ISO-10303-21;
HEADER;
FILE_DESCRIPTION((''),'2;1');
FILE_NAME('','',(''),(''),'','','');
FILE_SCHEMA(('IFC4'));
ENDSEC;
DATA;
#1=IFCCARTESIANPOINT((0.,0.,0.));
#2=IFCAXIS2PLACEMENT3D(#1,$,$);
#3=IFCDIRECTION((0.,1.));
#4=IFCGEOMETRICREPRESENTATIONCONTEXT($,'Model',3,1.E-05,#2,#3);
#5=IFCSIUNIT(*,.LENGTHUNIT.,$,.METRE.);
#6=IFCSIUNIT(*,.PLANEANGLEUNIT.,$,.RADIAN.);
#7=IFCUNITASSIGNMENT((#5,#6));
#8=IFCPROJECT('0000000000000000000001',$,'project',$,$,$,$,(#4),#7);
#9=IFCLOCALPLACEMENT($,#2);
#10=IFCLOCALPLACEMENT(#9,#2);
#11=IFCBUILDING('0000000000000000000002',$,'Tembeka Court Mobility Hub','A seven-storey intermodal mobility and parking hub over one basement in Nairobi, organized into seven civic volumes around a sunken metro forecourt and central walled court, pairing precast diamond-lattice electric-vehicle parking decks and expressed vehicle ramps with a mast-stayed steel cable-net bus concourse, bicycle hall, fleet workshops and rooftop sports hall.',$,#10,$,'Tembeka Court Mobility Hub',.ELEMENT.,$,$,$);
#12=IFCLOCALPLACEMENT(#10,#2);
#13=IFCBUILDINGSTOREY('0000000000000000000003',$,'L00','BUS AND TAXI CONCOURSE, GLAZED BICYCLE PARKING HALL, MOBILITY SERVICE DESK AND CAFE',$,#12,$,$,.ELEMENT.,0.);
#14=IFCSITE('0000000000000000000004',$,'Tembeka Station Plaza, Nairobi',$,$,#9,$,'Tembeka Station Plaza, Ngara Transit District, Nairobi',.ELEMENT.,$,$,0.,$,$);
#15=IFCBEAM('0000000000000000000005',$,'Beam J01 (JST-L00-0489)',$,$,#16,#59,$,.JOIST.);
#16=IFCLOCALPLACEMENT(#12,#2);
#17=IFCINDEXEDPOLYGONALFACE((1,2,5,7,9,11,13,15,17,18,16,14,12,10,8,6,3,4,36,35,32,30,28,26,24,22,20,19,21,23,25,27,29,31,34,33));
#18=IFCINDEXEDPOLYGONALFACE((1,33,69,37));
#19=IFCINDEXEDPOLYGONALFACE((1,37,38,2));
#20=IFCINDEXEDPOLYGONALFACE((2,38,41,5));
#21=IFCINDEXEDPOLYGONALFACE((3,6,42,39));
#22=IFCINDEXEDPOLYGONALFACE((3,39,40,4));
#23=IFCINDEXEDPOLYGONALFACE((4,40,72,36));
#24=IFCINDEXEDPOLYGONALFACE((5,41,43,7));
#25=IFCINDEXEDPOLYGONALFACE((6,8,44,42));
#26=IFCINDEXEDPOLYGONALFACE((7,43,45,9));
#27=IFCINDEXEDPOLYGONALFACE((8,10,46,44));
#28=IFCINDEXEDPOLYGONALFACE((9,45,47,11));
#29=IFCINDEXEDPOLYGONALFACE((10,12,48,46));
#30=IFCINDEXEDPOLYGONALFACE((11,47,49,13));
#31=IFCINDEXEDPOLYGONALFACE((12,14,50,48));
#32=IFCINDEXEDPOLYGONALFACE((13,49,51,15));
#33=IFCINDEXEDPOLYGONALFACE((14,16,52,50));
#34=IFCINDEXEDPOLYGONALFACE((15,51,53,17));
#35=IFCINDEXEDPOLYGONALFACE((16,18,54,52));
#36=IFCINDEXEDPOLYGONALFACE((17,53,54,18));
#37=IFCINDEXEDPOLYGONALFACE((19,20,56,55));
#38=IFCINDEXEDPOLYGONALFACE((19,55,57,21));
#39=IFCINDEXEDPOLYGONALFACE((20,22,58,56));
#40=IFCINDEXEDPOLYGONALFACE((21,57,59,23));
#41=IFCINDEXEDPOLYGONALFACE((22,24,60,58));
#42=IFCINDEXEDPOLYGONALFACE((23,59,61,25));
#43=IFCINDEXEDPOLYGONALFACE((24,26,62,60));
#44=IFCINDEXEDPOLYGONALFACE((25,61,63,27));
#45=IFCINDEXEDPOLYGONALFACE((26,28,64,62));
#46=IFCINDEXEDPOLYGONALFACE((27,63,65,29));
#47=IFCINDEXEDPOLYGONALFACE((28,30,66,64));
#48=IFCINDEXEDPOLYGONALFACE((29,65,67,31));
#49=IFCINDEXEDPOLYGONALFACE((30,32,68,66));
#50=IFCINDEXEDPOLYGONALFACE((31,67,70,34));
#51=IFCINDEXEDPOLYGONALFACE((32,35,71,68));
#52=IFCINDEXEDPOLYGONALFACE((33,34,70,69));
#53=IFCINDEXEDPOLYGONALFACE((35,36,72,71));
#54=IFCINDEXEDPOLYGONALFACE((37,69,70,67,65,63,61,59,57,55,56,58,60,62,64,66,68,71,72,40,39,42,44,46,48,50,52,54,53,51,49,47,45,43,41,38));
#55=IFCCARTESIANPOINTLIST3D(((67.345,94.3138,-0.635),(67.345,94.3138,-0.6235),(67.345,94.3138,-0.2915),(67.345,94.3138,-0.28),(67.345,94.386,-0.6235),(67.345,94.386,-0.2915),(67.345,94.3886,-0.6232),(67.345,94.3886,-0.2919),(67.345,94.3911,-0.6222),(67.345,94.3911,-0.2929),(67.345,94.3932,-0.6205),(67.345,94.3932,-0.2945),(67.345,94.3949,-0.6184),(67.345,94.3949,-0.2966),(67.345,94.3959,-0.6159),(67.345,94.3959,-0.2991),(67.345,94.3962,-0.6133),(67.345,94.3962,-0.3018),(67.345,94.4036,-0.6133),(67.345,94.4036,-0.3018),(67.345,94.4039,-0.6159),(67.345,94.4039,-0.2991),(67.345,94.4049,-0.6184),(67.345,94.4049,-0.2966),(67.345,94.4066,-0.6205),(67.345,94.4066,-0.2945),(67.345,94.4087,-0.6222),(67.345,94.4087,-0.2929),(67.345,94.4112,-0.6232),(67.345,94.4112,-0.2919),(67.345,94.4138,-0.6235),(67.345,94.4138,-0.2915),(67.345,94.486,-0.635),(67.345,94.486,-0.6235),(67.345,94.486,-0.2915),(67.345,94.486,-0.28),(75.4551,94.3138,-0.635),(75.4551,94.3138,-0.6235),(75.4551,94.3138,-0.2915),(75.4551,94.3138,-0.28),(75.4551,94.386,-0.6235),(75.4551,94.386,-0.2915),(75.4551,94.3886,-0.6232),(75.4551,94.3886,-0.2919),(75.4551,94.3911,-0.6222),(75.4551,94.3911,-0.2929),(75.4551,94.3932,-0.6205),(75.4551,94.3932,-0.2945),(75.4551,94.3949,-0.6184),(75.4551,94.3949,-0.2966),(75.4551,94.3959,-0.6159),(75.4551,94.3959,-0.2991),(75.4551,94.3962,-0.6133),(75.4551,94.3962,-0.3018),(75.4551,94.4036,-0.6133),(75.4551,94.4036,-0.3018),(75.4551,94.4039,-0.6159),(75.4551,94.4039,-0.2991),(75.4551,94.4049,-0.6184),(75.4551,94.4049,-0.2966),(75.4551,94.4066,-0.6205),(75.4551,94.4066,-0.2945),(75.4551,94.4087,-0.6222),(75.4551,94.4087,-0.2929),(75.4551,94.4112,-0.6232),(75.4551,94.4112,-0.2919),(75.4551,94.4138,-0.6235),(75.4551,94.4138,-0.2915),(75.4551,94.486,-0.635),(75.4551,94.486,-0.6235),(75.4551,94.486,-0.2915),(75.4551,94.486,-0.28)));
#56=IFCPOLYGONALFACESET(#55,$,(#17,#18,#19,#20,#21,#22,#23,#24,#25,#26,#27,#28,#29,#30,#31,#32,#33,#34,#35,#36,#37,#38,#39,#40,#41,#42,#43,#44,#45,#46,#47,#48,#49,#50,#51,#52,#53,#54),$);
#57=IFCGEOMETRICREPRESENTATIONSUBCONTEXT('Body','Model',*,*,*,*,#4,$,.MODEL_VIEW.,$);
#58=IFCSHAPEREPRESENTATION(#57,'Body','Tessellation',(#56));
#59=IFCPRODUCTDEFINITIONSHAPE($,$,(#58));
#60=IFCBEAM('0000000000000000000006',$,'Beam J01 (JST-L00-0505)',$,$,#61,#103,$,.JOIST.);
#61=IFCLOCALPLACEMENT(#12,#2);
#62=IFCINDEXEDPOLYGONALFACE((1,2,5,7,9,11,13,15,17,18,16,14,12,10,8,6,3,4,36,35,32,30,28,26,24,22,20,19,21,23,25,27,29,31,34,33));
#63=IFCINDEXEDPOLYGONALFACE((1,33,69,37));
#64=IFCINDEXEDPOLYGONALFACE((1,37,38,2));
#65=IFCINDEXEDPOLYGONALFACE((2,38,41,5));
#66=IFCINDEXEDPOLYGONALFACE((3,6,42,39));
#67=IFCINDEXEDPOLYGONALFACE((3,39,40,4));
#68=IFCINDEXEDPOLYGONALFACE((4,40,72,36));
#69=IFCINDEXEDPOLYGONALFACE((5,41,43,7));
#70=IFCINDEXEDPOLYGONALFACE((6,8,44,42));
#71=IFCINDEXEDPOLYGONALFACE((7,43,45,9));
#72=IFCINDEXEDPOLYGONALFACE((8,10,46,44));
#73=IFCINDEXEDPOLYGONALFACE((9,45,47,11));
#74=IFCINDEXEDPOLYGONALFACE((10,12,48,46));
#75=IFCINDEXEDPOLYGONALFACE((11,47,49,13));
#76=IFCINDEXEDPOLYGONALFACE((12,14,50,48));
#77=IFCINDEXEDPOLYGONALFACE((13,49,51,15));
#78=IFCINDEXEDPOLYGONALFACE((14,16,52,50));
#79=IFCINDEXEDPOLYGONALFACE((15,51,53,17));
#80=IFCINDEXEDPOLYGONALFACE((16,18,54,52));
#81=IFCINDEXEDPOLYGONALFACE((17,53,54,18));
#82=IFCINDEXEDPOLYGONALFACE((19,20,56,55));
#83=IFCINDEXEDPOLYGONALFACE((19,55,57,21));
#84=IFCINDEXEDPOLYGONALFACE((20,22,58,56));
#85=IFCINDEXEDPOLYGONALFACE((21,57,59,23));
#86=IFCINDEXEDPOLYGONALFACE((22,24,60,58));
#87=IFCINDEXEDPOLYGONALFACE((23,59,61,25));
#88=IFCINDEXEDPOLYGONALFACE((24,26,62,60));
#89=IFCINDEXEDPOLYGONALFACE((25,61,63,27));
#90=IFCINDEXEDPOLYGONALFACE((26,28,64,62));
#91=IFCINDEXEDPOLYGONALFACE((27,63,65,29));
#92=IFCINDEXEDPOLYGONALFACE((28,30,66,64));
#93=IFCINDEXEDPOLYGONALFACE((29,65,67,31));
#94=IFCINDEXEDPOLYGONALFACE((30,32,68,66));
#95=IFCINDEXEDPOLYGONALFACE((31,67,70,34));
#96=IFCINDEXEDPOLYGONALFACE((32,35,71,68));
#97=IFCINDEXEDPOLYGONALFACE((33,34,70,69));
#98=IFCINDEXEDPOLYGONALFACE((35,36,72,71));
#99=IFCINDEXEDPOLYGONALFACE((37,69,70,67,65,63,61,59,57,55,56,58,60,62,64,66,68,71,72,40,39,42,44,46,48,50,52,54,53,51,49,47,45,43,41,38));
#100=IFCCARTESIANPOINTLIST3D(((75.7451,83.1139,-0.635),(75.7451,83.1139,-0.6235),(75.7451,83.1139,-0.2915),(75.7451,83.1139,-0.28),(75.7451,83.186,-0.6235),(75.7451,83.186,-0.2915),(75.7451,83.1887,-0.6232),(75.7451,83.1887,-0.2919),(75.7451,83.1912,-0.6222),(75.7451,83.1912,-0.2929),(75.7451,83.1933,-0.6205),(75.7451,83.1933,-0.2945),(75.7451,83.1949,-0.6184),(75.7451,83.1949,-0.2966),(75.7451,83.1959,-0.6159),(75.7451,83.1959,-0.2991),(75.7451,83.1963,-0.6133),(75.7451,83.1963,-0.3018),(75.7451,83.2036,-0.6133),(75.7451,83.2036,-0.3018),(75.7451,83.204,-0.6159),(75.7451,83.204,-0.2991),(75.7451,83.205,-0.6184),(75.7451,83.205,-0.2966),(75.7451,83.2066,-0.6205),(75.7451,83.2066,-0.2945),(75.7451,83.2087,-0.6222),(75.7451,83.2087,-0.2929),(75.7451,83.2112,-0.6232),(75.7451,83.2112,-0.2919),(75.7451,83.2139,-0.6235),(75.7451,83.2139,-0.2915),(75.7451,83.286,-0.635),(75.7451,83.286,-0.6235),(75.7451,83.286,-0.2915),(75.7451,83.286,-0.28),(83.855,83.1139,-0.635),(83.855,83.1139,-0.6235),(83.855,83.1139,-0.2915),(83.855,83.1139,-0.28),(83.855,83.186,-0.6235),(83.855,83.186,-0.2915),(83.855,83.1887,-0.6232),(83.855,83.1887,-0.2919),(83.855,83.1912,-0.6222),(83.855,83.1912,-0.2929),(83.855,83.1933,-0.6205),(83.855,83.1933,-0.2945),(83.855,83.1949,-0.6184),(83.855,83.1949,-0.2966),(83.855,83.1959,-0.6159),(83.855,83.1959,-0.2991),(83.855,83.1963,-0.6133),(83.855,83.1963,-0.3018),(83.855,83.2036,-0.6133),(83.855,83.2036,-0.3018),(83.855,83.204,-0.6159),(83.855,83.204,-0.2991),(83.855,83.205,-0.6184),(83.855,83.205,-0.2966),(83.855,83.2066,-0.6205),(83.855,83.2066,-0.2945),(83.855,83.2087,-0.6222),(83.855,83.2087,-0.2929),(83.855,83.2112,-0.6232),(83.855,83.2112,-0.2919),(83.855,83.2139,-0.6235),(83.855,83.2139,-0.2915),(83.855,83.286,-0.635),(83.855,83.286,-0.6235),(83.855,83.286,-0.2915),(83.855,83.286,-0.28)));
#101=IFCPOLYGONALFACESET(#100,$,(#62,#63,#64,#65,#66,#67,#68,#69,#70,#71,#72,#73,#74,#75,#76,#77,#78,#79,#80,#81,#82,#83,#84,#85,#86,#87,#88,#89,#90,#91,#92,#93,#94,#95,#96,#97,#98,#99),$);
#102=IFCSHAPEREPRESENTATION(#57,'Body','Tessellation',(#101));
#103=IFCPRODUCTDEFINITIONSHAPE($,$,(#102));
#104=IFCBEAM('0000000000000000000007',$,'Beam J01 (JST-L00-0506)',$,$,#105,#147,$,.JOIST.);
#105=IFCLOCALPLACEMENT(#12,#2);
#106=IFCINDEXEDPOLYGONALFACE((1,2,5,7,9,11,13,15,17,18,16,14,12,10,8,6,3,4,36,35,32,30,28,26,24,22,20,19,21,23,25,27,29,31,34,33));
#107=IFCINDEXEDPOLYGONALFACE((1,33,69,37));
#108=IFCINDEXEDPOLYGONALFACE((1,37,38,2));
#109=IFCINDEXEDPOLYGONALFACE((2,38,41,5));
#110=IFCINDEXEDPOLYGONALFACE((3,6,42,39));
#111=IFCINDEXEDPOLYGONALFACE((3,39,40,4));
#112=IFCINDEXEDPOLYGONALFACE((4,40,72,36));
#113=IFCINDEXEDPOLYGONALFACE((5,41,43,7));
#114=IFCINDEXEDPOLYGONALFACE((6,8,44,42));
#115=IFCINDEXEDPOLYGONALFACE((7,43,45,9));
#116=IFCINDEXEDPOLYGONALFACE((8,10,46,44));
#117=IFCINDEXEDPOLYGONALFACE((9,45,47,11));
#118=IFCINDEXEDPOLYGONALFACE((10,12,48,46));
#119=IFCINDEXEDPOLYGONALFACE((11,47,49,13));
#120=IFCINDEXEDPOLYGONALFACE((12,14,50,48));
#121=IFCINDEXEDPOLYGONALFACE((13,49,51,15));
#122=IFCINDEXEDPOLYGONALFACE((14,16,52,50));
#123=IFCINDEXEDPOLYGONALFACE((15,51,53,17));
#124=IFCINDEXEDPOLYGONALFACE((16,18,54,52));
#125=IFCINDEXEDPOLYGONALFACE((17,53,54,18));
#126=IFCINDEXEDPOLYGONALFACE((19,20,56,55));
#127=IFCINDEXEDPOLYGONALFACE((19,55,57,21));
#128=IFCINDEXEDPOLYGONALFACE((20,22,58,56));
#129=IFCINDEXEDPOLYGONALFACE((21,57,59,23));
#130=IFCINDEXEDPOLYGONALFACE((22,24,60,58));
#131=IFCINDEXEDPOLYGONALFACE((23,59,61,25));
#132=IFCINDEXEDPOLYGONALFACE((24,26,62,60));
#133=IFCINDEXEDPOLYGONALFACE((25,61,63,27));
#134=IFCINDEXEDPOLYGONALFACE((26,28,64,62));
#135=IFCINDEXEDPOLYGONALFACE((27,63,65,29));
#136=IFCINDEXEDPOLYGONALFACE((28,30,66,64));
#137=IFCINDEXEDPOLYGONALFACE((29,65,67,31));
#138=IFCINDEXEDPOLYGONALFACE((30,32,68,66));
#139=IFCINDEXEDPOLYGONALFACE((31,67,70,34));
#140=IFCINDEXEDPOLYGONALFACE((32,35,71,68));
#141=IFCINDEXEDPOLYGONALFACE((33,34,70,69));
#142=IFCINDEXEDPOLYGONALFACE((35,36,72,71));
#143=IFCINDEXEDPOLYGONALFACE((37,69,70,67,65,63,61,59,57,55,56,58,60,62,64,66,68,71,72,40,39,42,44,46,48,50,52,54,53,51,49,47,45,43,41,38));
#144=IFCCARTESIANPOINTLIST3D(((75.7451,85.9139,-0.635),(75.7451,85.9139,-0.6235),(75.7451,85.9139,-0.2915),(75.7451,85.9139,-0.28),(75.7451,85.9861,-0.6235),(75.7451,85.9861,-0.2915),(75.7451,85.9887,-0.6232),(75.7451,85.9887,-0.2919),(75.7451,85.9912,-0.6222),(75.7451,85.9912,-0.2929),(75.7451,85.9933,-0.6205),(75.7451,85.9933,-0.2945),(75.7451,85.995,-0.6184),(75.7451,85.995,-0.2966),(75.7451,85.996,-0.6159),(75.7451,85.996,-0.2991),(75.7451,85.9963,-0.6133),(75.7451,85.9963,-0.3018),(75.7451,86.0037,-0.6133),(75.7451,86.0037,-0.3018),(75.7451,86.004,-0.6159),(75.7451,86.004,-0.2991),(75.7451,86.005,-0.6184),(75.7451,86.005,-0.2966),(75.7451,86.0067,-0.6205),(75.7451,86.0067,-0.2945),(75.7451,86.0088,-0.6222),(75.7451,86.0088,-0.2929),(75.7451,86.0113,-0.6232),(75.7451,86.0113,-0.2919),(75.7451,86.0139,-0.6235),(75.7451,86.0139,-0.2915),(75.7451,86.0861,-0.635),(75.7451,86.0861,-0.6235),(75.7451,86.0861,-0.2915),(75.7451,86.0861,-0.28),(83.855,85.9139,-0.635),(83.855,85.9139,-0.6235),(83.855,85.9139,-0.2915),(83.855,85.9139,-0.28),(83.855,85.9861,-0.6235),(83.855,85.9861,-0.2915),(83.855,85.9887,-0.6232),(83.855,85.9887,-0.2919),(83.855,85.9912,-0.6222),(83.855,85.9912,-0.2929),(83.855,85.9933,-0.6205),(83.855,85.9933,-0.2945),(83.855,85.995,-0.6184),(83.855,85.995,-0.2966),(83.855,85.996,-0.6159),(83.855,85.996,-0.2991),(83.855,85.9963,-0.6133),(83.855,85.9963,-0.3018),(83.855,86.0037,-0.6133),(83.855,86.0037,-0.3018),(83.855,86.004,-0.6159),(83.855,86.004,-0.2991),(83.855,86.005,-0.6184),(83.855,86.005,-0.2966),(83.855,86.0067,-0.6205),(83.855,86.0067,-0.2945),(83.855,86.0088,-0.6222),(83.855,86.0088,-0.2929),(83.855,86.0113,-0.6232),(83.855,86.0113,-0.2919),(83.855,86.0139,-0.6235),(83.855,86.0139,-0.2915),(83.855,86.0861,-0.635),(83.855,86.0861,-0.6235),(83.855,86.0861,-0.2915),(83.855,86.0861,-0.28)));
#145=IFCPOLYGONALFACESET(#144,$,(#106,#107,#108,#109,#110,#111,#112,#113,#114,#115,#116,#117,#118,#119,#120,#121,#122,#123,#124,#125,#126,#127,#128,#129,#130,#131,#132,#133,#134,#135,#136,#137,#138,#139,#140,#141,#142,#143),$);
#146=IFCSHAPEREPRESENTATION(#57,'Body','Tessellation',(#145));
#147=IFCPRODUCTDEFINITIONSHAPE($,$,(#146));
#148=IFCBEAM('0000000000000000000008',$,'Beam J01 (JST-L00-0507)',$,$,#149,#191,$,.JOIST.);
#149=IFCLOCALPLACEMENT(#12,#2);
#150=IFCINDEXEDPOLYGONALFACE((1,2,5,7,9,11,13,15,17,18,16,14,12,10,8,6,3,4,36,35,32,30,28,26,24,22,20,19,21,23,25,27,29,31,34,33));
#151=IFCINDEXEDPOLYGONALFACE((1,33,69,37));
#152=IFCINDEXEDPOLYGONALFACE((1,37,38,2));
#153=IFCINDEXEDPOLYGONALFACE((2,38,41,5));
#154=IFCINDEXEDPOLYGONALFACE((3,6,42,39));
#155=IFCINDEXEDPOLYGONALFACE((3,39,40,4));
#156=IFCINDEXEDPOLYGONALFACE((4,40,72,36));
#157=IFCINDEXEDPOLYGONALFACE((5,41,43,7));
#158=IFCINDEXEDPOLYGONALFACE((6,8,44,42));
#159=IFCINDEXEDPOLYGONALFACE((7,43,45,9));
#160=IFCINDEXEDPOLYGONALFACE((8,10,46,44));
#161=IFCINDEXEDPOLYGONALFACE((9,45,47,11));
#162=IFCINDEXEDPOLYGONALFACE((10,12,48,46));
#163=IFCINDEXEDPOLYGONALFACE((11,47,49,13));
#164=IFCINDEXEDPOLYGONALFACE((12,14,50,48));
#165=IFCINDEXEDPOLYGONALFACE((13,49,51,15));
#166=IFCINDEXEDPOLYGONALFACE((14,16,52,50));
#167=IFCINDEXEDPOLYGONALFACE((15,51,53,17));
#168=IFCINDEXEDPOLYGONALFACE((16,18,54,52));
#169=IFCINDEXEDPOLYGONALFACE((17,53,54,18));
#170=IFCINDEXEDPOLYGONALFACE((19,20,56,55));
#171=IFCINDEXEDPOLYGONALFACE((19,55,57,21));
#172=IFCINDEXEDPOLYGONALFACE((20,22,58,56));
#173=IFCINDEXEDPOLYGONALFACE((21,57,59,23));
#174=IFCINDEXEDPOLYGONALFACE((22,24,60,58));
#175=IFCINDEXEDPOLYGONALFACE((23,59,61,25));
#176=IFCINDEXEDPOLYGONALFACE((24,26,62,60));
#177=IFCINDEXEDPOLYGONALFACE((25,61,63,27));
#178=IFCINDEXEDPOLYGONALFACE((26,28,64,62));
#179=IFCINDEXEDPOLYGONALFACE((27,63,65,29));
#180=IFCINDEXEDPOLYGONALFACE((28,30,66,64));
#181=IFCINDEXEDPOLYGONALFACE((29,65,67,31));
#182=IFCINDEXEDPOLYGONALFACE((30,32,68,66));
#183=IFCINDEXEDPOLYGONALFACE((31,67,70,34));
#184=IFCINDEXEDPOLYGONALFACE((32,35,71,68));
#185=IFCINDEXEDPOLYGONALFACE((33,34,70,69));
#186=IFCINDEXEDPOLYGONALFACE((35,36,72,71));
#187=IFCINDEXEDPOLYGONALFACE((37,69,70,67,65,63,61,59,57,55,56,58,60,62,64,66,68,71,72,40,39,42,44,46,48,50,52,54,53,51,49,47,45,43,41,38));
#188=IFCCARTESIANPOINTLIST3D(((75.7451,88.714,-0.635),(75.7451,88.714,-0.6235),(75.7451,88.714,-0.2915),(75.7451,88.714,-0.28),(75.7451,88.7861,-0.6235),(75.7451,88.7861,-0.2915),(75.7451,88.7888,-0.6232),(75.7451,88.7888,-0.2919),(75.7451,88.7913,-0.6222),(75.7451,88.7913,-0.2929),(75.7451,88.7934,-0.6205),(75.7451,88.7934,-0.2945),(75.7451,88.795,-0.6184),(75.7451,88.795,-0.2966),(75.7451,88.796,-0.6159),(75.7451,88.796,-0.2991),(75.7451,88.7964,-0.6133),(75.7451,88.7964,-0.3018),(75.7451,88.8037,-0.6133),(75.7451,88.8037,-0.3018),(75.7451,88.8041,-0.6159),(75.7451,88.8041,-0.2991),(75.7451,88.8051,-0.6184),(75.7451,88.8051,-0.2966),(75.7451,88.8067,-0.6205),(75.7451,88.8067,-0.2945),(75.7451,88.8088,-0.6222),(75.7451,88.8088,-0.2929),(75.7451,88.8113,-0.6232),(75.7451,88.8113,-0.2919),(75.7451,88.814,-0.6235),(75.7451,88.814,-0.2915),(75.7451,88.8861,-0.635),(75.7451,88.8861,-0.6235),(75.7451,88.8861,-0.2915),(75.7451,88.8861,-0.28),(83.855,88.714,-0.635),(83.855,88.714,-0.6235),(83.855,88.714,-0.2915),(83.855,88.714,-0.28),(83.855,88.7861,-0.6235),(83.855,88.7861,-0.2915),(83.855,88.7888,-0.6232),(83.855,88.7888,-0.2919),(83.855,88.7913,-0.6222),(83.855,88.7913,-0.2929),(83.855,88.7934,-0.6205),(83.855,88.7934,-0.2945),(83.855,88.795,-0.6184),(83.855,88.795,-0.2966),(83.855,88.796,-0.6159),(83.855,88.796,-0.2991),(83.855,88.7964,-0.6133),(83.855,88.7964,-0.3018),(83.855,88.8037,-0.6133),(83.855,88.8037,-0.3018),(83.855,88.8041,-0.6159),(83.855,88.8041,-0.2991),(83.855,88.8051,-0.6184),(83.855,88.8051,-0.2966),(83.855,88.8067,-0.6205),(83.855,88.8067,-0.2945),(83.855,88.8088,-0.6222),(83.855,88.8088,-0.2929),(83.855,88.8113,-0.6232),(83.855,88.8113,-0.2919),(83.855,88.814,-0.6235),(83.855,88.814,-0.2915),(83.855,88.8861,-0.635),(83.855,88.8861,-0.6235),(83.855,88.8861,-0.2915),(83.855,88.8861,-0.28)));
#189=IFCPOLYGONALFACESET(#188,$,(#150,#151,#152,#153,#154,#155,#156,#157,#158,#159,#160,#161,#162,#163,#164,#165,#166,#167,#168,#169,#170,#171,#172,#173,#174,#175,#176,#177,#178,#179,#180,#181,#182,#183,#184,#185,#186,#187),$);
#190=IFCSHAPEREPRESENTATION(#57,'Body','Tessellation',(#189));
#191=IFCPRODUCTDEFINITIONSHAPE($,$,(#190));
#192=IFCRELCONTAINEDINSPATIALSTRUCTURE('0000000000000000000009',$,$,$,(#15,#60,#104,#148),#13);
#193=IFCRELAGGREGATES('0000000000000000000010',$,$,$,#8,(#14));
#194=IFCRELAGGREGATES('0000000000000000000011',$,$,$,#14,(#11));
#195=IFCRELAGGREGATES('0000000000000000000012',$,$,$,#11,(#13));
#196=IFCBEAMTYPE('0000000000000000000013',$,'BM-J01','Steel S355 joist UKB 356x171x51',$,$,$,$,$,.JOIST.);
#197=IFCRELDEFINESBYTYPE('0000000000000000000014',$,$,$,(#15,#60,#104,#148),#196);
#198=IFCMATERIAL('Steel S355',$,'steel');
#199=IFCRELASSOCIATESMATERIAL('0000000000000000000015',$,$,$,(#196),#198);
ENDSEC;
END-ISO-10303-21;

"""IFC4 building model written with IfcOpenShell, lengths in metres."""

from ifc_helpers import new_model, si_unit, direction, frame, origin, origin_2d, place, context, subcontext, project, spatial, i_section, extrude, material, material_profile, profile_set, type_object, element, save


model = new_model("IFC4")

# Units and contexts
model_context = context("Model", 3, precision=1e-05, world=origin(), true_north=direction((0.0, 1.0)))
body_context = subcontext(model_context, "Body", "Model", "MODEL_VIEW")
ifc_project = project(units=[si_unit("LENGTHUNIT", "METRE"), si_unit("PLANEANGLEUNIT", "RADIAN")], contexts=[model_context])

# Site, building, storey
site_placement = place(None, origin())
site = spatial("IfcSite", under=ifc_project, at=site_placement, Name="Tembeka Station Plaza, Nairobi", LongName="Tembeka Station Plaza, Ngara Transit District, Nairobi", CompositionType="ELEMENT", RefElevation=0.0)
building_placement = place(site_placement, origin())
building = spatial("IfcBuilding", under=site, at=building_placement, Name="Tembeka Court Mobility Hub", Description="A seven-storey intermodal mobility and parking hub over one basement in Nairobi, organized into seven civic volumes around a sunken metro forecourt and central walled court, pairing precast diamond-lattice electric-vehicle parking decks and expressed vehicle ramps with a mast-stayed steel cable-net bus concourse, bicycle hall, fleet workshops and rooftop sports hall.", LongName="Tembeka Court Mobility Hub", CompositionType="ELEMENT")
storey_placement = place(building_placement, origin())
storey = spatial("IfcBuildingStorey", under=building, at=storey_placement, Name="L00", Description="BUS AND TAXI CONCOURSE, GLAZED BICYCLE PARKING HALL, MOBILITY SERVICE DESK AND CAFE", CompositionType="ELEMENT", Elevation=0.0)

# Shared definitions
ifc_material_1 = material(Name="Steel S355", Category="steel")

# Beams
ifc_material_profile_1 = material_profile(ifc_material_1, i_section(OverallWidth=0.1721, OverallDepth=0.355, WebThickness=0.0073, FlangeThickness=0.0115, FilletRadius=0.0103, at=origin_2d()), Name="UKB 356x171x51")
ifc_profile_set_1 = profile_set([ifc_material_profile_1], Name="Steel S355")
beam_type_1 = type_object("IfcBeamType", Name="BM-J01", Description="Steel S355 joist UKB 356x171x51", PredefinedType="JOIST", material=ifc_profile_set_1)
for number, where, z_axis, x_axis, name in (
    (1, (67.345, 94.3999, -0.4575), (1.0, 0.0, 0.0), (0.0, 1.0, 0.0), "Beam J01 (JST-L00-0489)"),
):
    element("IfcBeam", number, at=place(storey_placement, frame(where, z_axis=z_axis, x_axis=x_axis)), inside=storey, type_object=beam_type_1, Name=name, PredefinedType="JOIST", context=body_context, shape_type="SweptSolid", body=[
        extrude(i_section(OverallWidth=0.1721, OverallDepth=0.355, WebThickness=0.0073, FlangeThickness=0.0115, FilletRadius=0.0103, at=origin_2d()), origin(), (0.0, 0.0, 1.0), 8.1101),
    ])
for number, where, z_axis, x_axis, name in (
    (2, (75.7451, 83.2, -0.4575), (1.0, 0.0, 0.0), (0.0, 1.0, 0.0), "Beam J01 (JST-L00-0505)"),
    (3, (75.7451, 86.0, -0.4575), (1.0, 0.0, 0.0), (0.0, 1.0, 0.0), "Beam J01 (JST-L00-0506)"),
    (4, (75.7451, 88.8, -0.4575), (1.0, 0.0, 0.0), (0.0, 1.0, 0.0), "Beam J01 (JST-L00-0507)"),
):
    element("IfcBeam", number, at=place(storey_placement, frame(where, z_axis=z_axis, x_axis=x_axis)), inside=storey, type_object=beam_type_1, Name=name, PredefinedType="JOIST", context=body_context, shape_type="SweptSolid", body=[
        extrude(i_section(OverallWidth=0.1721, OverallDepth=0.355, WebThickness=0.0073, FlangeThickness=0.0115, FilletRadius=0.0103, at=origin_2d()), origin(), (0.0, 0.0, 1.0), 8.1099),
    ])

save(model, "model.ifc")
